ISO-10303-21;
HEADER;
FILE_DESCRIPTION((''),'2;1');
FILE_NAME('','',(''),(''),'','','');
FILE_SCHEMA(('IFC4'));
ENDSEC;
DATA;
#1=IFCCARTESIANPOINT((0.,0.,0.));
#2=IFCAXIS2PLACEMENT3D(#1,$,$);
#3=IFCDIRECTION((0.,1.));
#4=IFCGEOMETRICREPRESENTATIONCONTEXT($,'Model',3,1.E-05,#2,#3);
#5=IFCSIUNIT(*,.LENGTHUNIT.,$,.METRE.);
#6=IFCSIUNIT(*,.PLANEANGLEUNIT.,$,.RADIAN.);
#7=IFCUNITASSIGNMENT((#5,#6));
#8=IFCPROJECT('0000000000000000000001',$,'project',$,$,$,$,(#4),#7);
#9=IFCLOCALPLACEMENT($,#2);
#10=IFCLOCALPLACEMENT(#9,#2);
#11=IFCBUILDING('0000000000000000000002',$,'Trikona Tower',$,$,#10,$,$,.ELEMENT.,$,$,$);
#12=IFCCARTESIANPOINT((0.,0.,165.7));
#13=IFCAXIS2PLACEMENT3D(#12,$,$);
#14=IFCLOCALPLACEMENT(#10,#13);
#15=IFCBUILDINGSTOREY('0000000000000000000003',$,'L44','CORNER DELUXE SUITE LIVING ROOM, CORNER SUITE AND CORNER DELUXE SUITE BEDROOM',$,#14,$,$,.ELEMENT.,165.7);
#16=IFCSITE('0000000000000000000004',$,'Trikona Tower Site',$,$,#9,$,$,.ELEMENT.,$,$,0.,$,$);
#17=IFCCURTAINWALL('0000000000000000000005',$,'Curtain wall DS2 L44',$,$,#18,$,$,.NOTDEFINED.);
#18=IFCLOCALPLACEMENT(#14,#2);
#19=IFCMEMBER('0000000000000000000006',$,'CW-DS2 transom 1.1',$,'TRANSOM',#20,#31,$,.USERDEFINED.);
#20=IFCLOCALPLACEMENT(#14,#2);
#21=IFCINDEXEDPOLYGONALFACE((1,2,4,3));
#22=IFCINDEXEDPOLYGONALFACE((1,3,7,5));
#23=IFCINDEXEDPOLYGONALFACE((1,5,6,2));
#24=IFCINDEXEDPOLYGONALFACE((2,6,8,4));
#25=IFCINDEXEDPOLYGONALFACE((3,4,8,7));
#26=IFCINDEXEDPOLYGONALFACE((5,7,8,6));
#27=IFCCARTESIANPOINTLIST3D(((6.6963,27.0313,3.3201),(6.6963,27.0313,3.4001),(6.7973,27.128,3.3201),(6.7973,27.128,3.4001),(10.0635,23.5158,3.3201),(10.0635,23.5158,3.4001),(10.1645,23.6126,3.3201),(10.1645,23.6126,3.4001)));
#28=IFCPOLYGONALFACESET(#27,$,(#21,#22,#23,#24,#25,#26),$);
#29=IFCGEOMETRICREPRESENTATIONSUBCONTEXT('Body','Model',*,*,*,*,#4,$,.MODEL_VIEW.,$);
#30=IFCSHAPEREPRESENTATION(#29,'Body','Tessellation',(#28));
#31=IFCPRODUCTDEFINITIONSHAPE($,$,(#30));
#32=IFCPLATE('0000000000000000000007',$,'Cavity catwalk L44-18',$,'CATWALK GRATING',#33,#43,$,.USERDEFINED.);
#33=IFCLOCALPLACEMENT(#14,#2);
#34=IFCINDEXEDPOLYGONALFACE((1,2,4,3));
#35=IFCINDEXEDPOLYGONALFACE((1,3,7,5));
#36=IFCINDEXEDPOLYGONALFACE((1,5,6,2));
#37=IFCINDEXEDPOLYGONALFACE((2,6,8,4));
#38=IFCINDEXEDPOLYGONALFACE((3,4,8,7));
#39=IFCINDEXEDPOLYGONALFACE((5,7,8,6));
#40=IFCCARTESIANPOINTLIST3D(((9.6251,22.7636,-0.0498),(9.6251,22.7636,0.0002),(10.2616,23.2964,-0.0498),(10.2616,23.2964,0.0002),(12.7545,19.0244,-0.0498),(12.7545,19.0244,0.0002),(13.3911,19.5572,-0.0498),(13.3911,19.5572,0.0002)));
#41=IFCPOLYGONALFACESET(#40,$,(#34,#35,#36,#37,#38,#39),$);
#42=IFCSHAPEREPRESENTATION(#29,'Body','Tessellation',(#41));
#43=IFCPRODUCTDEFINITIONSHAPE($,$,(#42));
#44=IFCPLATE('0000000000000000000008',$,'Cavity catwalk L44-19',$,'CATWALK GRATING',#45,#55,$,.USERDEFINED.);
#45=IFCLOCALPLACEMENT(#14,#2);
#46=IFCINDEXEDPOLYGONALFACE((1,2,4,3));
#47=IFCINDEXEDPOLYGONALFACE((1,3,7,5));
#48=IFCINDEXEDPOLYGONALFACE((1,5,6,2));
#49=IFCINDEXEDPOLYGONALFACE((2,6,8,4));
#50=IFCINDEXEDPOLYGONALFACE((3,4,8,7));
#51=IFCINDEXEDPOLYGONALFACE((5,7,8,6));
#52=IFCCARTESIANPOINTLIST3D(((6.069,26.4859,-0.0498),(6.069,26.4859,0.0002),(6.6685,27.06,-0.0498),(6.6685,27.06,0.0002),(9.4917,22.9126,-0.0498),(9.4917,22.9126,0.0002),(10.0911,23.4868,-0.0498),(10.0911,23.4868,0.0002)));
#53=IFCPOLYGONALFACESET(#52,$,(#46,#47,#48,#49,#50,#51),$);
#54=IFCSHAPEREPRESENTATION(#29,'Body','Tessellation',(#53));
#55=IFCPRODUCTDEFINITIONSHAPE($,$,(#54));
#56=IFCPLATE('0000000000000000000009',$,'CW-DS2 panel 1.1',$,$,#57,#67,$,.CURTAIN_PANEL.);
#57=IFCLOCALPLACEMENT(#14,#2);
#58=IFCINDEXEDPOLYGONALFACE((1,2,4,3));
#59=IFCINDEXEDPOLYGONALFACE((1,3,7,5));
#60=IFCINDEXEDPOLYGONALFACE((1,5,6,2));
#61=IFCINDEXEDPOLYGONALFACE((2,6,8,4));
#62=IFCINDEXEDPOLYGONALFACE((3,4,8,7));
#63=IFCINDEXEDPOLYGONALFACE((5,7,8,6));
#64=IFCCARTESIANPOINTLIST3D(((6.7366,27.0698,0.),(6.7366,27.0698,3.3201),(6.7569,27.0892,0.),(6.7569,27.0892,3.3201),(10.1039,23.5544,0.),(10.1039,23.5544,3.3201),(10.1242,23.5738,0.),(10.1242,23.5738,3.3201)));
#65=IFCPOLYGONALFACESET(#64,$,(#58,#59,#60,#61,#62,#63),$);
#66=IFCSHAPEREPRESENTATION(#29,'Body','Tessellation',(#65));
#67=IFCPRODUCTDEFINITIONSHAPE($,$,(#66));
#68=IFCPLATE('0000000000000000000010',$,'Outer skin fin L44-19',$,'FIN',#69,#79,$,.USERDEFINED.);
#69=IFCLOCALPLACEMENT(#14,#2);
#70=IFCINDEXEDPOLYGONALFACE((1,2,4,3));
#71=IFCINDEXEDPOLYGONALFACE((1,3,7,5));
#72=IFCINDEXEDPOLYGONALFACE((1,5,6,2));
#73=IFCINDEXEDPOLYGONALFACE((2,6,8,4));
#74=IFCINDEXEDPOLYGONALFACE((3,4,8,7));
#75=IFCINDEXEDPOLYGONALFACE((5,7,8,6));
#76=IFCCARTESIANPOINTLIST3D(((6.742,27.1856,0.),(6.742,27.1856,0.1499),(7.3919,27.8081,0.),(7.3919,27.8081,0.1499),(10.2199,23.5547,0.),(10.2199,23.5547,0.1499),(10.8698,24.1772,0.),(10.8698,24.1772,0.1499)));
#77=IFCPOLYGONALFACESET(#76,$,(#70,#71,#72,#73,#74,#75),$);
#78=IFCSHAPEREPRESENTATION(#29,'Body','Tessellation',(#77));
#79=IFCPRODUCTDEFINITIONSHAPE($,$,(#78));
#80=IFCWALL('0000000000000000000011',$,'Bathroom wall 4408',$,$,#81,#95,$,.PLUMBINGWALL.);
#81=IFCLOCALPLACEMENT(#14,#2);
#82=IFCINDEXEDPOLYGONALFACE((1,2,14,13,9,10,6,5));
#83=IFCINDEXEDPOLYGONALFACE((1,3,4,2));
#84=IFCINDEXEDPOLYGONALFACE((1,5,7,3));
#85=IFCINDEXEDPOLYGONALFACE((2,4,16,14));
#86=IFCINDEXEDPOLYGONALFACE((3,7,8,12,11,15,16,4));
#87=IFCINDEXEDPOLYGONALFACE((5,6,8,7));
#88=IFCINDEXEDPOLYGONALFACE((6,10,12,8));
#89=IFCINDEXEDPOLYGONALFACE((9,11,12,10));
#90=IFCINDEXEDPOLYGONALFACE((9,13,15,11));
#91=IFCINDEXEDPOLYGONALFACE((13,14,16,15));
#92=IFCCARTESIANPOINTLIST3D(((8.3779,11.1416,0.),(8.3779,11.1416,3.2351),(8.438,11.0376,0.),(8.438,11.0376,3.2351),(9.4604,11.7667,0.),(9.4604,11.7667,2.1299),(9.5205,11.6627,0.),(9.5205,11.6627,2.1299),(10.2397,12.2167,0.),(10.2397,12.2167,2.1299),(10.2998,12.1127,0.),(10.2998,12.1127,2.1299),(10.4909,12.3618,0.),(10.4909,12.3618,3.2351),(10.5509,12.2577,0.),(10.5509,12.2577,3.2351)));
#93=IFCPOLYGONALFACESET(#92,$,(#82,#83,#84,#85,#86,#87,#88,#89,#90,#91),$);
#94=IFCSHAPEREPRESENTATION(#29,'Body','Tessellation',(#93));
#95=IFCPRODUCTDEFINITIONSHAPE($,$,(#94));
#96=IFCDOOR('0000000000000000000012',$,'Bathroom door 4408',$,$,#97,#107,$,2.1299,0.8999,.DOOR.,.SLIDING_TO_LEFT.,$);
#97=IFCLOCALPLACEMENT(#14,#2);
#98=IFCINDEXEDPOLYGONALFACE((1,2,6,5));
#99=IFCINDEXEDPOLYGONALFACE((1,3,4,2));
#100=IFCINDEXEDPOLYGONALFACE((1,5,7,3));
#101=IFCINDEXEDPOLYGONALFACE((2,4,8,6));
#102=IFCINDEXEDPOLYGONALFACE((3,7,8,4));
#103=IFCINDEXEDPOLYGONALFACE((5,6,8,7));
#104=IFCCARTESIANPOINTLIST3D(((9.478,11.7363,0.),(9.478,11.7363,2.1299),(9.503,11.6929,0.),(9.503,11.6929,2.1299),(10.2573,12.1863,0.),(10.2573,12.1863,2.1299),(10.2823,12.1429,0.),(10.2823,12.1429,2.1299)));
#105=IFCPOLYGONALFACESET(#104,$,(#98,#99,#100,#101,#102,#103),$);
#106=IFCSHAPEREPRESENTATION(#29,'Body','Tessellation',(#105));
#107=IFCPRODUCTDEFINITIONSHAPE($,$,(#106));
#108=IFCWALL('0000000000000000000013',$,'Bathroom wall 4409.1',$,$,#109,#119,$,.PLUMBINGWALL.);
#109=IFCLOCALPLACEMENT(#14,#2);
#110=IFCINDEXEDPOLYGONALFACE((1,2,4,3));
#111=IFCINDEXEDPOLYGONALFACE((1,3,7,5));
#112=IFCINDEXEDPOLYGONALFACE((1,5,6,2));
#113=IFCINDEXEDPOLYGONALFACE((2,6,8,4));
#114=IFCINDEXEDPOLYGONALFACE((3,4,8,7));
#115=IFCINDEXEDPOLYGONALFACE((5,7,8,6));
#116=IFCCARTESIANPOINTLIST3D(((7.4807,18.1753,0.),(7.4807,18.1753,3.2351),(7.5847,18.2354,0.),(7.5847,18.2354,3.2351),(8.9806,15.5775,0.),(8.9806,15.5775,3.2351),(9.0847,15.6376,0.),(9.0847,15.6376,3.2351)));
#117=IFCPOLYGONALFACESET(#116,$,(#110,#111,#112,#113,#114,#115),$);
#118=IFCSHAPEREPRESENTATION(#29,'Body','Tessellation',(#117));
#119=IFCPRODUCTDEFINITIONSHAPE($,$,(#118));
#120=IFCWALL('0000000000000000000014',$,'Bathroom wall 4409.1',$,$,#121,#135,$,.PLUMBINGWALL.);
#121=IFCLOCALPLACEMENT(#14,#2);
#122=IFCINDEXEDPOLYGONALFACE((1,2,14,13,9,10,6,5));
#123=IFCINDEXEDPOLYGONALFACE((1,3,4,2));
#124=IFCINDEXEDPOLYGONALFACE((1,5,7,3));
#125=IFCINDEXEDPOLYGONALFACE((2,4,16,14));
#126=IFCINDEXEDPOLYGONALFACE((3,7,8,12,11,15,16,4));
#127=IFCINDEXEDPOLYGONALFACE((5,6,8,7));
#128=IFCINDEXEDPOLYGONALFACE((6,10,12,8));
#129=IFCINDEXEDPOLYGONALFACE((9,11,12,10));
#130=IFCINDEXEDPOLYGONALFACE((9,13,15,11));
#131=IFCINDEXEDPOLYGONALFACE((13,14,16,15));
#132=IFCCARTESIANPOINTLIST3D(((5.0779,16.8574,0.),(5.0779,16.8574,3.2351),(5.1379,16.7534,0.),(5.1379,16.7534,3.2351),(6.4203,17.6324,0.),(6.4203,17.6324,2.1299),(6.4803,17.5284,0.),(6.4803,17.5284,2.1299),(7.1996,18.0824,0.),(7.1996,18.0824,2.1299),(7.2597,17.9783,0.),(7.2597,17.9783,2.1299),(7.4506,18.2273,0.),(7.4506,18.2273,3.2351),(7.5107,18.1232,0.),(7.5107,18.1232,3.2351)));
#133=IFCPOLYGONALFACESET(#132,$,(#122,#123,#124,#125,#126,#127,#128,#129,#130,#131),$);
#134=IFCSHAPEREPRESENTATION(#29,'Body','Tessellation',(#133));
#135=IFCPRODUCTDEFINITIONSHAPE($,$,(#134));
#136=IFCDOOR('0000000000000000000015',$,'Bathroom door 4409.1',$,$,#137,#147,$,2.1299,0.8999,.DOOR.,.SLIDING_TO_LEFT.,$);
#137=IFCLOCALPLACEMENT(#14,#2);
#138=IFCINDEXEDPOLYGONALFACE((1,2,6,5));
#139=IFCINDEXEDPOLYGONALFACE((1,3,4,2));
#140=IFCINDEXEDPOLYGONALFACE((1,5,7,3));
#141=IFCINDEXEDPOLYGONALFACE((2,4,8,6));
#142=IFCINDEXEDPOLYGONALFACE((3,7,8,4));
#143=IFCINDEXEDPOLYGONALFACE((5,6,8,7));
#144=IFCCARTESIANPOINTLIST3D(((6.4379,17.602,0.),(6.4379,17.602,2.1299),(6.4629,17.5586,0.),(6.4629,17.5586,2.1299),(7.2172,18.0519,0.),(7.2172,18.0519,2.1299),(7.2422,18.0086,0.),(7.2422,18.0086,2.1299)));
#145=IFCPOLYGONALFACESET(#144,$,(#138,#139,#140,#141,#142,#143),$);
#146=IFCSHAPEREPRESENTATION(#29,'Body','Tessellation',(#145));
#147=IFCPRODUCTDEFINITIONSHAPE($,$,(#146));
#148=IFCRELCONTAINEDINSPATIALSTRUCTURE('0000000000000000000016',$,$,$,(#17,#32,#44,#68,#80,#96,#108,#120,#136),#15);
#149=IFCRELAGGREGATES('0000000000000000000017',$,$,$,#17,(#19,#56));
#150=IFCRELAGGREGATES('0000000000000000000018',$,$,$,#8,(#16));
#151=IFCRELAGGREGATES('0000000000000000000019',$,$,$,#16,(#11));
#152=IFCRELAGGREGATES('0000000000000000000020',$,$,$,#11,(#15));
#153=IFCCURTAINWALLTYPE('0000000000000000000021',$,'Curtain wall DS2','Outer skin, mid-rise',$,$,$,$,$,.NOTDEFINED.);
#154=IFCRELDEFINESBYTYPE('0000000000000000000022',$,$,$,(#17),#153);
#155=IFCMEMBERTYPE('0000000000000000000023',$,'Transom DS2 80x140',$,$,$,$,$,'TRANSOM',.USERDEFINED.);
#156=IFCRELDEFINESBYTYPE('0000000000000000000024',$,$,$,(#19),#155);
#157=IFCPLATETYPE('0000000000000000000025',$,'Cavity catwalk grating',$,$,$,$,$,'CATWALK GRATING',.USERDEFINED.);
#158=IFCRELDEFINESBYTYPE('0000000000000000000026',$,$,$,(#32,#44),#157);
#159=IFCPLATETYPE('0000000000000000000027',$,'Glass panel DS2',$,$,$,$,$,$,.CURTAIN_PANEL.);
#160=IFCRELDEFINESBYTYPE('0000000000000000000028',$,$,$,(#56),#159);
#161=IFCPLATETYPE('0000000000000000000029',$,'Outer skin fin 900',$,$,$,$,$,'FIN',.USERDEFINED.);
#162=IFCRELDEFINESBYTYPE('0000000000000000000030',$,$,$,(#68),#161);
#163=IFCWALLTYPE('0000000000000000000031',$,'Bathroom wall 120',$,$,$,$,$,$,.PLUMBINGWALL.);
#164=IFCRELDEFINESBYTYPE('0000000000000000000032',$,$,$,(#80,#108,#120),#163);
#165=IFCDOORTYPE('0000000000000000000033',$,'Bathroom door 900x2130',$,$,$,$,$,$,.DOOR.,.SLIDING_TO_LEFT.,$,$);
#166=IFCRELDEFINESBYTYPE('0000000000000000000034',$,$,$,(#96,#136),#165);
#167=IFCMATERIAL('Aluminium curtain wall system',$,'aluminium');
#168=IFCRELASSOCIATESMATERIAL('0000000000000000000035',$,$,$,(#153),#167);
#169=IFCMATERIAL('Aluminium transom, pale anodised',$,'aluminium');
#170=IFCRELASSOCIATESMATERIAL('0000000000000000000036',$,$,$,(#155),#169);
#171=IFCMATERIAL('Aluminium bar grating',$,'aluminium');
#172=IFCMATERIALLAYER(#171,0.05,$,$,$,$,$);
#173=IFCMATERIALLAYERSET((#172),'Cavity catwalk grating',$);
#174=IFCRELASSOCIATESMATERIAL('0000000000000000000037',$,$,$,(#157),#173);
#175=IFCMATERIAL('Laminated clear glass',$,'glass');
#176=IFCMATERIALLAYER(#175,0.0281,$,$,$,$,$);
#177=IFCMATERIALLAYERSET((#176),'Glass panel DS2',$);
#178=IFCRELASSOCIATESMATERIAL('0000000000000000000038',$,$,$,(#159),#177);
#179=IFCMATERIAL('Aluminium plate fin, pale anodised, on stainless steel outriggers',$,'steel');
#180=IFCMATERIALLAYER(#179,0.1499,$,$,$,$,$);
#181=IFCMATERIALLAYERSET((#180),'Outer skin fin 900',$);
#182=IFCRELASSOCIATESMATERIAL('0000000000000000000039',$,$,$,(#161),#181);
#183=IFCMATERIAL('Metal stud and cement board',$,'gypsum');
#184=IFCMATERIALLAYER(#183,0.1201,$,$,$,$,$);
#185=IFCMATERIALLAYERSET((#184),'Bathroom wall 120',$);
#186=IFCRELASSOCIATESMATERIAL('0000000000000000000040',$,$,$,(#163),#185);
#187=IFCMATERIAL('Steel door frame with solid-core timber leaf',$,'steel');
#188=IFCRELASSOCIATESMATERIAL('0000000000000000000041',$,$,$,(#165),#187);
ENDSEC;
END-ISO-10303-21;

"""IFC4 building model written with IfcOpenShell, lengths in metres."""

from ifc_helpers import new_model, si_unit, direction, frame, frame_2d, origin, origin_2d, place, context, subcontext, project, spatial, rectangle, extrude, material, layer, layer_set, material_profile, profile_set, type_object, element, fill, aggregate, save


model = new_model("IFC4")

# Units and contexts
model_context = context("Model", 3, precision=1e-05, world=origin(), true_north=direction((0.0, 1.0)))
body_context = subcontext(model_context, "Body", "Model", "MODEL_VIEW")
ifc_project = project(units=[si_unit("LENGTHUNIT", "METRE"), si_unit("PLANEANGLEUNIT", "RADIAN")], contexts=[model_context])

# Site, building, storey
site_placement = place(None, origin())
site = spatial("IfcSite", under=ifc_project, at=site_placement, Name="Trikona Tower Site", CompositionType="ELEMENT", RefElevation=0.0)
building_placement = place(site_placement, origin())
building = spatial("IfcBuilding", under=site, at=building_placement, Name="Trikona Tower", CompositionType="ELEMENT")
storey_placement = place(building_placement, frame((0.0, 0.0, 165.7)))
storey = spatial("IfcBuildingStorey", under=building, at=storey_placement, Name="L44", Description="CORNER DELUXE SUITE LIVING ROOM, CORNER SUITE AND CORNER DELUXE SUITE BEDROOM", CompositionType="ELEMENT", Elevation=165.7)

# Shared definitions
ifc_material_1 = material(Name="Aluminium curtain wall system", Category="aluminium")
curtain_wall_type = type_object("IfcCurtainWallType", Name="Curtain wall DS2", Description="Outer skin, mid-rise", PredefinedType="NOTDEFINED", material=ifc_material_1)

# Curtain wall
curtain_wall_1_placement = place(storey_placement, origin())
curtain_wall_1 = element("IfcCurtainWall", 1, at=curtain_wall_1_placement, inside=storey, type_object=curtain_wall_type, Name="Curtain wall DS2 L44", PredefinedType="NOTDEFINED")

# Member
ifc_material_2 = material(Name="Aluminium transom, pale anodised", Category="aluminium")
ifc_material_profile_1 = material_profile(ifc_material_2, rectangle(XDim=0.1399, YDim=0.0801, at=origin_2d()), Name="TRN-DS2")
ifc_profile_set_1 = profile_set([ifc_material_profile_1], Name="Aluminium transom, pale anodised")
member_type_1 = type_object("IfcMemberType", Name="Transom DS2 80x140", ElementType="TRANSOM", PredefinedType="USERDEFINED", material=ifc_profile_set_1)
member_1_placement = place(storey_placement, frame((10.114, 23.5642, 3.3601), z_axis=(-0.691721, 0.722165, 0.0), x_axis=(-0.722165, -0.691721, 0.0)))
member_1 = element("IfcMember", 2, at=member_1_placement, type_object=member_type_1, Name="CW-DS2 transom 1.1", ObjectType="TRANSOM", PredefinedType="USERDEFINED", context=body_context, shape_type="SweptSolid", body=[
    extrude(rectangle(XDim=0.1399, YDim=0.0801, at=origin_2d()), origin(), (0.0, 0.0, 1.0), 4.8679),
])

# Plates
ifc_material_3 = material(Name="Aluminium bar grating", Category="aluminium")
ifc_layer_1 = layer(ifc_material_3, 0.05)
ifc_layer_set_1 = layer_set([ifc_layer_1], Name="Cavity catwalk grating")
plate_type_1 = type_object("IfcPlateType", Name="Cavity catwalk grating", ElementType="CATWALK GRATING", PredefinedType="USERDEFINED", material=ifc_layer_set_1)
plate_1_placement = place(storey_placement, frame((11.5081, 21.1604, -0.0498), z_axis=(0.0, 0.0, 1.0), x_axis=(-0.641807, 0.766866, 0.0)))
element("IfcPlate", 3, at=plate_1_placement, inside=storey, type_object=plate_type_1, Name="Cavity catwalk L44-18", ObjectType="CATWALK GRATING", PredefinedType="USERDEFINED", context=body_context, shape_type="SweptSolid", body=[
    extrude(rectangle(XDim=4.876, YDim=0.8301, at=origin_2d()), origin(), (0.0, 0.0, 1.0), 0.05),
])
plate_2_placement = place(storey_placement, frame((8.0801, 24.9863, -0.0498), z_axis=(0.0, 0.0, 1.0), x_axis=(-0.691724, 0.722162, 0.0)))
element("IfcPlate", 4, at=plate_2_placement, inside=storey, type_object=plate_type_1, Name="Cavity catwalk L44-19", ObjectType="CATWALK GRATING", PredefinedType="USERDEFINED", context=body_context, shape_type="SweptSolid", body=[
    extrude(rectangle(XDim=4.948, YDim=0.8301, at=origin_2d()), origin(), (0.0, 0.0, 1.0), 0.05),
])

# Plates
ifc_material_4 = material(Name="Laminated clear glass", Category="glass")
ifc_layer_2 = layer(ifc_material_4, 0.0281)
ifc_layer_set_2 = layer_set([ifc_layer_2], Name="Glass panel DS2")
plate_type_2 = type_object("IfcPlateType", Name="Glass panel DS2", PredefinedType="CURTAIN_PANEL", material=ifc_layer_set_2)
plate_3_placement = place(storey_placement, frame((8.4304, 25.3218, 0.0), z_axis=(0.0, 0.0, 1.0), x_axis=(-0.691728, 0.722158, 0.0)))
plate_3 = element("IfcPlate", 5, at=plate_3_placement, type_object=plate_type_2, Name="CW-DS2 panel 1.1", PredefinedType="CURTAIN_PANEL", context=body_context, shape_type="SweptSolid", body=[
    extrude(rectangle(XDim=4.8679, YDim=0.0281, at=origin_2d()), origin(), (0.0, 0.0, 1.0), 3.3201),
])
aggregate(curtain_wall_1, [member_1, plate_3])
ifc_material_5 = material(Name="Aluminium plate fin, pale anodised, on stainless steel outriggers", Category="steel")
ifc_layer_3 = layer(ifc_material_5, 0.1499)
ifc_layer_set_3 = layer_set([ifc_layer_3], Name="Outer skin fin 900")
plate_type_3 = type_object("IfcPlateType", Name="Outer skin fin 900", ElementType="FIN", PredefinedType="USERDEFINED", material=ifc_layer_set_3)
plate_4_placement = place(storey_placement, frame((8.8059, 25.6814, 0.0), z_axis=(0.0, 0.0, 1.0), x_axis=(-0.691724, 0.722162, 0.0)))
element("IfcPlate", 6, at=plate_4_placement, inside=storey, type_object=plate_type_3, Name="Outer skin fin L44-19", ObjectType="FIN", PredefinedType="USERDEFINED", context=body_context, shape_type="SweptSolid", body=[
    extrude(rectangle(XDim=5.0278, YDim=0.8999, at=origin_2d()), origin(), (0.0, 0.0, 1.0), 0.1499),
])

# Wall, opening, door
ifc_material_6 = material(Name="Metal stud and cement board", Category="gypsum")
ifc_layer_4 = layer(ifc_material_6, 0.1201)
ifc_layer_set_4 = layer_set([ifc_layer_4], Name="Bathroom wall 120")
wall_type_1 = type_object("IfcWallType", Name="Bathroom wall 120", PredefinedType="PLUMBINGWALL", material=ifc_layer_set_4)
wall_1_placement = place(storey_placement, frame((8.408, 11.0896, 0.0), z_axis=(0.0, 0.0, 1.0), x_axis=(0.865981, 0.500078, 0.0)))
wall_1 = element("IfcWall", 7, at=wall_1_placement, inside=storey, type_object=wall_type_1, Name="Bathroom wall 4408", PredefinedType="PLUMBINGWALL", context=body_context, shape_type="SweptSolid", body=[
    extrude(rectangle(XDim=2.4399, YDim=0.1201, at=frame_2d((1.22, 0.0))), origin(), (0.0, 0.0, 1.0), 3.2351),
])
opening_1_placement = place(wall_1_placement, frame((1.25, 0.0, 0.0)))
opening_1 = element("IfcOpeningElement", 8, at=opening_1_placement, cuts=wall_1, PredefinedType="OPENING", context=body_context, shape_type="SweptSolid", body=[
    extrude(rectangle(XDim=0.8999, YDim=2.1299, at=frame_2d((0.45, 1.0649))), frame((0.0, 0.0701, 0.0), z_axis=(0.0, -1.0, 0.0), x_axis=(1.0, 0.0, 0.0)), (0.0, 0.0, 1.0), 0.1401),
])
ifc_material_7 = material(Name="Steel door frame with solid-core timber leaf", Category="steel")
door_type_1 = type_object("IfcDoorType", Name="Bathroom door 900x2130", OperationType="SLIDING_TO_LEFT", PredefinedType="DOOR", material=ifc_material_7)
door_1_placement = place(opening_1_placement, origin())
door_1 = element("IfcDoor", 9, at=door_1_placement, inside=storey, type_object=door_type_1, Name="Bathroom door 4408", OperationType="SLIDING_TO_LEFT", OverallHeight=2.1299, OverallWidth=0.8999, PredefinedType="DOOR", context=body_context, shape_type="SweptSolid", body=[
    extrude(rectangle(XDim=0.8999, YDim=2.1299, at=frame_2d((0.45, 1.0649))), frame((0.0, 0.0249, 0.0), z_axis=(0.0, -1.0, 0.0), x_axis=(1.0, 0.0, 0.0)), (0.0, 0.0, 1.0), 0.05),
])
fill(opening_1, door_1)

# Wall
wall_2_placement = place(storey_placement, frame((9.0327, 15.6074, 0.0), z_axis=(0.0, 0.0, 1.0), x_axis=(-0.500025, 0.866011, 0.0)))
element("IfcWall", 10, at=wall_2_placement, inside=storey, type_object=wall_type_1, Name="Bathroom wall 4409.1", PredefinedType="PLUMBINGWALL", context=body_context, shape_type="SweptSolid", body=[
    extrude(rectangle(XDim=2.9998, YDim=0.1201, at=frame_2d((1.5, 0.0))), origin(), (0.0, 0.0, 1.0), 3.2351),
])

# Wall, opening, door
wall_3_placement = place(storey_placement, frame((5.1079, 16.8054, 0.0), z_axis=(0.0, 0.0, 1.0), x_axis=(0.866036, 0.499982, 0.0)))
wall_3 = element("IfcWall", 11, at=wall_3_placement, inside=storey, type_object=wall_type_1, Name="Bathroom wall 4409.1", PredefinedType="PLUMBINGWALL", context=body_context, shape_type="SweptSolid", body=[
    extrude(rectangle(XDim=2.7397, YDim=0.1201, at=frame_2d((1.3699, 0.0))), origin(), (0.0, 0.0, 1.0), 3.2351),
])
opening_2_placement = place(wall_3_placement, frame((1.55, 0.0, 0.0)))
opening_2 = element("IfcOpeningElement", 12, at=opening_2_placement, cuts=wall_3, PredefinedType="OPENING", context=body_context, shape_type="SweptSolid", body=[
    extrude(rectangle(XDim=0.8999, YDim=2.1299, at=frame_2d((0.45, 1.0649))), frame((0.0, 0.0701, 0.0), z_axis=(0.0, -1.0, 0.0), x_axis=(1.0, 0.0, 0.0)), (0.0, 0.0, 1.0), 0.1401),
])
door_2_placement = place(opening_2_placement, origin())
door_2 = element("IfcDoor", 13, at=door_2_placement, inside=storey, type_object=door_type_1, Name="Bathroom door 4409.1", OperationType="SLIDING_TO_LEFT", OverallHeight=2.1299, OverallWidth=0.8999, PredefinedType="DOOR", context=body_context, shape_type="SweptSolid", body=[
    extrude(rectangle(XDim=0.8999, YDim=2.1299, at=frame_2d((0.45, 1.0649))), frame((0.0, 0.0249, 0.0), z_axis=(0.0, -1.0, 0.0), x_axis=(1.0, 0.0, 0.0)), (0.0, 0.0, 1.0), 0.05),
])
fill(opening_2, door_2)

save(model, "model.ifc")
